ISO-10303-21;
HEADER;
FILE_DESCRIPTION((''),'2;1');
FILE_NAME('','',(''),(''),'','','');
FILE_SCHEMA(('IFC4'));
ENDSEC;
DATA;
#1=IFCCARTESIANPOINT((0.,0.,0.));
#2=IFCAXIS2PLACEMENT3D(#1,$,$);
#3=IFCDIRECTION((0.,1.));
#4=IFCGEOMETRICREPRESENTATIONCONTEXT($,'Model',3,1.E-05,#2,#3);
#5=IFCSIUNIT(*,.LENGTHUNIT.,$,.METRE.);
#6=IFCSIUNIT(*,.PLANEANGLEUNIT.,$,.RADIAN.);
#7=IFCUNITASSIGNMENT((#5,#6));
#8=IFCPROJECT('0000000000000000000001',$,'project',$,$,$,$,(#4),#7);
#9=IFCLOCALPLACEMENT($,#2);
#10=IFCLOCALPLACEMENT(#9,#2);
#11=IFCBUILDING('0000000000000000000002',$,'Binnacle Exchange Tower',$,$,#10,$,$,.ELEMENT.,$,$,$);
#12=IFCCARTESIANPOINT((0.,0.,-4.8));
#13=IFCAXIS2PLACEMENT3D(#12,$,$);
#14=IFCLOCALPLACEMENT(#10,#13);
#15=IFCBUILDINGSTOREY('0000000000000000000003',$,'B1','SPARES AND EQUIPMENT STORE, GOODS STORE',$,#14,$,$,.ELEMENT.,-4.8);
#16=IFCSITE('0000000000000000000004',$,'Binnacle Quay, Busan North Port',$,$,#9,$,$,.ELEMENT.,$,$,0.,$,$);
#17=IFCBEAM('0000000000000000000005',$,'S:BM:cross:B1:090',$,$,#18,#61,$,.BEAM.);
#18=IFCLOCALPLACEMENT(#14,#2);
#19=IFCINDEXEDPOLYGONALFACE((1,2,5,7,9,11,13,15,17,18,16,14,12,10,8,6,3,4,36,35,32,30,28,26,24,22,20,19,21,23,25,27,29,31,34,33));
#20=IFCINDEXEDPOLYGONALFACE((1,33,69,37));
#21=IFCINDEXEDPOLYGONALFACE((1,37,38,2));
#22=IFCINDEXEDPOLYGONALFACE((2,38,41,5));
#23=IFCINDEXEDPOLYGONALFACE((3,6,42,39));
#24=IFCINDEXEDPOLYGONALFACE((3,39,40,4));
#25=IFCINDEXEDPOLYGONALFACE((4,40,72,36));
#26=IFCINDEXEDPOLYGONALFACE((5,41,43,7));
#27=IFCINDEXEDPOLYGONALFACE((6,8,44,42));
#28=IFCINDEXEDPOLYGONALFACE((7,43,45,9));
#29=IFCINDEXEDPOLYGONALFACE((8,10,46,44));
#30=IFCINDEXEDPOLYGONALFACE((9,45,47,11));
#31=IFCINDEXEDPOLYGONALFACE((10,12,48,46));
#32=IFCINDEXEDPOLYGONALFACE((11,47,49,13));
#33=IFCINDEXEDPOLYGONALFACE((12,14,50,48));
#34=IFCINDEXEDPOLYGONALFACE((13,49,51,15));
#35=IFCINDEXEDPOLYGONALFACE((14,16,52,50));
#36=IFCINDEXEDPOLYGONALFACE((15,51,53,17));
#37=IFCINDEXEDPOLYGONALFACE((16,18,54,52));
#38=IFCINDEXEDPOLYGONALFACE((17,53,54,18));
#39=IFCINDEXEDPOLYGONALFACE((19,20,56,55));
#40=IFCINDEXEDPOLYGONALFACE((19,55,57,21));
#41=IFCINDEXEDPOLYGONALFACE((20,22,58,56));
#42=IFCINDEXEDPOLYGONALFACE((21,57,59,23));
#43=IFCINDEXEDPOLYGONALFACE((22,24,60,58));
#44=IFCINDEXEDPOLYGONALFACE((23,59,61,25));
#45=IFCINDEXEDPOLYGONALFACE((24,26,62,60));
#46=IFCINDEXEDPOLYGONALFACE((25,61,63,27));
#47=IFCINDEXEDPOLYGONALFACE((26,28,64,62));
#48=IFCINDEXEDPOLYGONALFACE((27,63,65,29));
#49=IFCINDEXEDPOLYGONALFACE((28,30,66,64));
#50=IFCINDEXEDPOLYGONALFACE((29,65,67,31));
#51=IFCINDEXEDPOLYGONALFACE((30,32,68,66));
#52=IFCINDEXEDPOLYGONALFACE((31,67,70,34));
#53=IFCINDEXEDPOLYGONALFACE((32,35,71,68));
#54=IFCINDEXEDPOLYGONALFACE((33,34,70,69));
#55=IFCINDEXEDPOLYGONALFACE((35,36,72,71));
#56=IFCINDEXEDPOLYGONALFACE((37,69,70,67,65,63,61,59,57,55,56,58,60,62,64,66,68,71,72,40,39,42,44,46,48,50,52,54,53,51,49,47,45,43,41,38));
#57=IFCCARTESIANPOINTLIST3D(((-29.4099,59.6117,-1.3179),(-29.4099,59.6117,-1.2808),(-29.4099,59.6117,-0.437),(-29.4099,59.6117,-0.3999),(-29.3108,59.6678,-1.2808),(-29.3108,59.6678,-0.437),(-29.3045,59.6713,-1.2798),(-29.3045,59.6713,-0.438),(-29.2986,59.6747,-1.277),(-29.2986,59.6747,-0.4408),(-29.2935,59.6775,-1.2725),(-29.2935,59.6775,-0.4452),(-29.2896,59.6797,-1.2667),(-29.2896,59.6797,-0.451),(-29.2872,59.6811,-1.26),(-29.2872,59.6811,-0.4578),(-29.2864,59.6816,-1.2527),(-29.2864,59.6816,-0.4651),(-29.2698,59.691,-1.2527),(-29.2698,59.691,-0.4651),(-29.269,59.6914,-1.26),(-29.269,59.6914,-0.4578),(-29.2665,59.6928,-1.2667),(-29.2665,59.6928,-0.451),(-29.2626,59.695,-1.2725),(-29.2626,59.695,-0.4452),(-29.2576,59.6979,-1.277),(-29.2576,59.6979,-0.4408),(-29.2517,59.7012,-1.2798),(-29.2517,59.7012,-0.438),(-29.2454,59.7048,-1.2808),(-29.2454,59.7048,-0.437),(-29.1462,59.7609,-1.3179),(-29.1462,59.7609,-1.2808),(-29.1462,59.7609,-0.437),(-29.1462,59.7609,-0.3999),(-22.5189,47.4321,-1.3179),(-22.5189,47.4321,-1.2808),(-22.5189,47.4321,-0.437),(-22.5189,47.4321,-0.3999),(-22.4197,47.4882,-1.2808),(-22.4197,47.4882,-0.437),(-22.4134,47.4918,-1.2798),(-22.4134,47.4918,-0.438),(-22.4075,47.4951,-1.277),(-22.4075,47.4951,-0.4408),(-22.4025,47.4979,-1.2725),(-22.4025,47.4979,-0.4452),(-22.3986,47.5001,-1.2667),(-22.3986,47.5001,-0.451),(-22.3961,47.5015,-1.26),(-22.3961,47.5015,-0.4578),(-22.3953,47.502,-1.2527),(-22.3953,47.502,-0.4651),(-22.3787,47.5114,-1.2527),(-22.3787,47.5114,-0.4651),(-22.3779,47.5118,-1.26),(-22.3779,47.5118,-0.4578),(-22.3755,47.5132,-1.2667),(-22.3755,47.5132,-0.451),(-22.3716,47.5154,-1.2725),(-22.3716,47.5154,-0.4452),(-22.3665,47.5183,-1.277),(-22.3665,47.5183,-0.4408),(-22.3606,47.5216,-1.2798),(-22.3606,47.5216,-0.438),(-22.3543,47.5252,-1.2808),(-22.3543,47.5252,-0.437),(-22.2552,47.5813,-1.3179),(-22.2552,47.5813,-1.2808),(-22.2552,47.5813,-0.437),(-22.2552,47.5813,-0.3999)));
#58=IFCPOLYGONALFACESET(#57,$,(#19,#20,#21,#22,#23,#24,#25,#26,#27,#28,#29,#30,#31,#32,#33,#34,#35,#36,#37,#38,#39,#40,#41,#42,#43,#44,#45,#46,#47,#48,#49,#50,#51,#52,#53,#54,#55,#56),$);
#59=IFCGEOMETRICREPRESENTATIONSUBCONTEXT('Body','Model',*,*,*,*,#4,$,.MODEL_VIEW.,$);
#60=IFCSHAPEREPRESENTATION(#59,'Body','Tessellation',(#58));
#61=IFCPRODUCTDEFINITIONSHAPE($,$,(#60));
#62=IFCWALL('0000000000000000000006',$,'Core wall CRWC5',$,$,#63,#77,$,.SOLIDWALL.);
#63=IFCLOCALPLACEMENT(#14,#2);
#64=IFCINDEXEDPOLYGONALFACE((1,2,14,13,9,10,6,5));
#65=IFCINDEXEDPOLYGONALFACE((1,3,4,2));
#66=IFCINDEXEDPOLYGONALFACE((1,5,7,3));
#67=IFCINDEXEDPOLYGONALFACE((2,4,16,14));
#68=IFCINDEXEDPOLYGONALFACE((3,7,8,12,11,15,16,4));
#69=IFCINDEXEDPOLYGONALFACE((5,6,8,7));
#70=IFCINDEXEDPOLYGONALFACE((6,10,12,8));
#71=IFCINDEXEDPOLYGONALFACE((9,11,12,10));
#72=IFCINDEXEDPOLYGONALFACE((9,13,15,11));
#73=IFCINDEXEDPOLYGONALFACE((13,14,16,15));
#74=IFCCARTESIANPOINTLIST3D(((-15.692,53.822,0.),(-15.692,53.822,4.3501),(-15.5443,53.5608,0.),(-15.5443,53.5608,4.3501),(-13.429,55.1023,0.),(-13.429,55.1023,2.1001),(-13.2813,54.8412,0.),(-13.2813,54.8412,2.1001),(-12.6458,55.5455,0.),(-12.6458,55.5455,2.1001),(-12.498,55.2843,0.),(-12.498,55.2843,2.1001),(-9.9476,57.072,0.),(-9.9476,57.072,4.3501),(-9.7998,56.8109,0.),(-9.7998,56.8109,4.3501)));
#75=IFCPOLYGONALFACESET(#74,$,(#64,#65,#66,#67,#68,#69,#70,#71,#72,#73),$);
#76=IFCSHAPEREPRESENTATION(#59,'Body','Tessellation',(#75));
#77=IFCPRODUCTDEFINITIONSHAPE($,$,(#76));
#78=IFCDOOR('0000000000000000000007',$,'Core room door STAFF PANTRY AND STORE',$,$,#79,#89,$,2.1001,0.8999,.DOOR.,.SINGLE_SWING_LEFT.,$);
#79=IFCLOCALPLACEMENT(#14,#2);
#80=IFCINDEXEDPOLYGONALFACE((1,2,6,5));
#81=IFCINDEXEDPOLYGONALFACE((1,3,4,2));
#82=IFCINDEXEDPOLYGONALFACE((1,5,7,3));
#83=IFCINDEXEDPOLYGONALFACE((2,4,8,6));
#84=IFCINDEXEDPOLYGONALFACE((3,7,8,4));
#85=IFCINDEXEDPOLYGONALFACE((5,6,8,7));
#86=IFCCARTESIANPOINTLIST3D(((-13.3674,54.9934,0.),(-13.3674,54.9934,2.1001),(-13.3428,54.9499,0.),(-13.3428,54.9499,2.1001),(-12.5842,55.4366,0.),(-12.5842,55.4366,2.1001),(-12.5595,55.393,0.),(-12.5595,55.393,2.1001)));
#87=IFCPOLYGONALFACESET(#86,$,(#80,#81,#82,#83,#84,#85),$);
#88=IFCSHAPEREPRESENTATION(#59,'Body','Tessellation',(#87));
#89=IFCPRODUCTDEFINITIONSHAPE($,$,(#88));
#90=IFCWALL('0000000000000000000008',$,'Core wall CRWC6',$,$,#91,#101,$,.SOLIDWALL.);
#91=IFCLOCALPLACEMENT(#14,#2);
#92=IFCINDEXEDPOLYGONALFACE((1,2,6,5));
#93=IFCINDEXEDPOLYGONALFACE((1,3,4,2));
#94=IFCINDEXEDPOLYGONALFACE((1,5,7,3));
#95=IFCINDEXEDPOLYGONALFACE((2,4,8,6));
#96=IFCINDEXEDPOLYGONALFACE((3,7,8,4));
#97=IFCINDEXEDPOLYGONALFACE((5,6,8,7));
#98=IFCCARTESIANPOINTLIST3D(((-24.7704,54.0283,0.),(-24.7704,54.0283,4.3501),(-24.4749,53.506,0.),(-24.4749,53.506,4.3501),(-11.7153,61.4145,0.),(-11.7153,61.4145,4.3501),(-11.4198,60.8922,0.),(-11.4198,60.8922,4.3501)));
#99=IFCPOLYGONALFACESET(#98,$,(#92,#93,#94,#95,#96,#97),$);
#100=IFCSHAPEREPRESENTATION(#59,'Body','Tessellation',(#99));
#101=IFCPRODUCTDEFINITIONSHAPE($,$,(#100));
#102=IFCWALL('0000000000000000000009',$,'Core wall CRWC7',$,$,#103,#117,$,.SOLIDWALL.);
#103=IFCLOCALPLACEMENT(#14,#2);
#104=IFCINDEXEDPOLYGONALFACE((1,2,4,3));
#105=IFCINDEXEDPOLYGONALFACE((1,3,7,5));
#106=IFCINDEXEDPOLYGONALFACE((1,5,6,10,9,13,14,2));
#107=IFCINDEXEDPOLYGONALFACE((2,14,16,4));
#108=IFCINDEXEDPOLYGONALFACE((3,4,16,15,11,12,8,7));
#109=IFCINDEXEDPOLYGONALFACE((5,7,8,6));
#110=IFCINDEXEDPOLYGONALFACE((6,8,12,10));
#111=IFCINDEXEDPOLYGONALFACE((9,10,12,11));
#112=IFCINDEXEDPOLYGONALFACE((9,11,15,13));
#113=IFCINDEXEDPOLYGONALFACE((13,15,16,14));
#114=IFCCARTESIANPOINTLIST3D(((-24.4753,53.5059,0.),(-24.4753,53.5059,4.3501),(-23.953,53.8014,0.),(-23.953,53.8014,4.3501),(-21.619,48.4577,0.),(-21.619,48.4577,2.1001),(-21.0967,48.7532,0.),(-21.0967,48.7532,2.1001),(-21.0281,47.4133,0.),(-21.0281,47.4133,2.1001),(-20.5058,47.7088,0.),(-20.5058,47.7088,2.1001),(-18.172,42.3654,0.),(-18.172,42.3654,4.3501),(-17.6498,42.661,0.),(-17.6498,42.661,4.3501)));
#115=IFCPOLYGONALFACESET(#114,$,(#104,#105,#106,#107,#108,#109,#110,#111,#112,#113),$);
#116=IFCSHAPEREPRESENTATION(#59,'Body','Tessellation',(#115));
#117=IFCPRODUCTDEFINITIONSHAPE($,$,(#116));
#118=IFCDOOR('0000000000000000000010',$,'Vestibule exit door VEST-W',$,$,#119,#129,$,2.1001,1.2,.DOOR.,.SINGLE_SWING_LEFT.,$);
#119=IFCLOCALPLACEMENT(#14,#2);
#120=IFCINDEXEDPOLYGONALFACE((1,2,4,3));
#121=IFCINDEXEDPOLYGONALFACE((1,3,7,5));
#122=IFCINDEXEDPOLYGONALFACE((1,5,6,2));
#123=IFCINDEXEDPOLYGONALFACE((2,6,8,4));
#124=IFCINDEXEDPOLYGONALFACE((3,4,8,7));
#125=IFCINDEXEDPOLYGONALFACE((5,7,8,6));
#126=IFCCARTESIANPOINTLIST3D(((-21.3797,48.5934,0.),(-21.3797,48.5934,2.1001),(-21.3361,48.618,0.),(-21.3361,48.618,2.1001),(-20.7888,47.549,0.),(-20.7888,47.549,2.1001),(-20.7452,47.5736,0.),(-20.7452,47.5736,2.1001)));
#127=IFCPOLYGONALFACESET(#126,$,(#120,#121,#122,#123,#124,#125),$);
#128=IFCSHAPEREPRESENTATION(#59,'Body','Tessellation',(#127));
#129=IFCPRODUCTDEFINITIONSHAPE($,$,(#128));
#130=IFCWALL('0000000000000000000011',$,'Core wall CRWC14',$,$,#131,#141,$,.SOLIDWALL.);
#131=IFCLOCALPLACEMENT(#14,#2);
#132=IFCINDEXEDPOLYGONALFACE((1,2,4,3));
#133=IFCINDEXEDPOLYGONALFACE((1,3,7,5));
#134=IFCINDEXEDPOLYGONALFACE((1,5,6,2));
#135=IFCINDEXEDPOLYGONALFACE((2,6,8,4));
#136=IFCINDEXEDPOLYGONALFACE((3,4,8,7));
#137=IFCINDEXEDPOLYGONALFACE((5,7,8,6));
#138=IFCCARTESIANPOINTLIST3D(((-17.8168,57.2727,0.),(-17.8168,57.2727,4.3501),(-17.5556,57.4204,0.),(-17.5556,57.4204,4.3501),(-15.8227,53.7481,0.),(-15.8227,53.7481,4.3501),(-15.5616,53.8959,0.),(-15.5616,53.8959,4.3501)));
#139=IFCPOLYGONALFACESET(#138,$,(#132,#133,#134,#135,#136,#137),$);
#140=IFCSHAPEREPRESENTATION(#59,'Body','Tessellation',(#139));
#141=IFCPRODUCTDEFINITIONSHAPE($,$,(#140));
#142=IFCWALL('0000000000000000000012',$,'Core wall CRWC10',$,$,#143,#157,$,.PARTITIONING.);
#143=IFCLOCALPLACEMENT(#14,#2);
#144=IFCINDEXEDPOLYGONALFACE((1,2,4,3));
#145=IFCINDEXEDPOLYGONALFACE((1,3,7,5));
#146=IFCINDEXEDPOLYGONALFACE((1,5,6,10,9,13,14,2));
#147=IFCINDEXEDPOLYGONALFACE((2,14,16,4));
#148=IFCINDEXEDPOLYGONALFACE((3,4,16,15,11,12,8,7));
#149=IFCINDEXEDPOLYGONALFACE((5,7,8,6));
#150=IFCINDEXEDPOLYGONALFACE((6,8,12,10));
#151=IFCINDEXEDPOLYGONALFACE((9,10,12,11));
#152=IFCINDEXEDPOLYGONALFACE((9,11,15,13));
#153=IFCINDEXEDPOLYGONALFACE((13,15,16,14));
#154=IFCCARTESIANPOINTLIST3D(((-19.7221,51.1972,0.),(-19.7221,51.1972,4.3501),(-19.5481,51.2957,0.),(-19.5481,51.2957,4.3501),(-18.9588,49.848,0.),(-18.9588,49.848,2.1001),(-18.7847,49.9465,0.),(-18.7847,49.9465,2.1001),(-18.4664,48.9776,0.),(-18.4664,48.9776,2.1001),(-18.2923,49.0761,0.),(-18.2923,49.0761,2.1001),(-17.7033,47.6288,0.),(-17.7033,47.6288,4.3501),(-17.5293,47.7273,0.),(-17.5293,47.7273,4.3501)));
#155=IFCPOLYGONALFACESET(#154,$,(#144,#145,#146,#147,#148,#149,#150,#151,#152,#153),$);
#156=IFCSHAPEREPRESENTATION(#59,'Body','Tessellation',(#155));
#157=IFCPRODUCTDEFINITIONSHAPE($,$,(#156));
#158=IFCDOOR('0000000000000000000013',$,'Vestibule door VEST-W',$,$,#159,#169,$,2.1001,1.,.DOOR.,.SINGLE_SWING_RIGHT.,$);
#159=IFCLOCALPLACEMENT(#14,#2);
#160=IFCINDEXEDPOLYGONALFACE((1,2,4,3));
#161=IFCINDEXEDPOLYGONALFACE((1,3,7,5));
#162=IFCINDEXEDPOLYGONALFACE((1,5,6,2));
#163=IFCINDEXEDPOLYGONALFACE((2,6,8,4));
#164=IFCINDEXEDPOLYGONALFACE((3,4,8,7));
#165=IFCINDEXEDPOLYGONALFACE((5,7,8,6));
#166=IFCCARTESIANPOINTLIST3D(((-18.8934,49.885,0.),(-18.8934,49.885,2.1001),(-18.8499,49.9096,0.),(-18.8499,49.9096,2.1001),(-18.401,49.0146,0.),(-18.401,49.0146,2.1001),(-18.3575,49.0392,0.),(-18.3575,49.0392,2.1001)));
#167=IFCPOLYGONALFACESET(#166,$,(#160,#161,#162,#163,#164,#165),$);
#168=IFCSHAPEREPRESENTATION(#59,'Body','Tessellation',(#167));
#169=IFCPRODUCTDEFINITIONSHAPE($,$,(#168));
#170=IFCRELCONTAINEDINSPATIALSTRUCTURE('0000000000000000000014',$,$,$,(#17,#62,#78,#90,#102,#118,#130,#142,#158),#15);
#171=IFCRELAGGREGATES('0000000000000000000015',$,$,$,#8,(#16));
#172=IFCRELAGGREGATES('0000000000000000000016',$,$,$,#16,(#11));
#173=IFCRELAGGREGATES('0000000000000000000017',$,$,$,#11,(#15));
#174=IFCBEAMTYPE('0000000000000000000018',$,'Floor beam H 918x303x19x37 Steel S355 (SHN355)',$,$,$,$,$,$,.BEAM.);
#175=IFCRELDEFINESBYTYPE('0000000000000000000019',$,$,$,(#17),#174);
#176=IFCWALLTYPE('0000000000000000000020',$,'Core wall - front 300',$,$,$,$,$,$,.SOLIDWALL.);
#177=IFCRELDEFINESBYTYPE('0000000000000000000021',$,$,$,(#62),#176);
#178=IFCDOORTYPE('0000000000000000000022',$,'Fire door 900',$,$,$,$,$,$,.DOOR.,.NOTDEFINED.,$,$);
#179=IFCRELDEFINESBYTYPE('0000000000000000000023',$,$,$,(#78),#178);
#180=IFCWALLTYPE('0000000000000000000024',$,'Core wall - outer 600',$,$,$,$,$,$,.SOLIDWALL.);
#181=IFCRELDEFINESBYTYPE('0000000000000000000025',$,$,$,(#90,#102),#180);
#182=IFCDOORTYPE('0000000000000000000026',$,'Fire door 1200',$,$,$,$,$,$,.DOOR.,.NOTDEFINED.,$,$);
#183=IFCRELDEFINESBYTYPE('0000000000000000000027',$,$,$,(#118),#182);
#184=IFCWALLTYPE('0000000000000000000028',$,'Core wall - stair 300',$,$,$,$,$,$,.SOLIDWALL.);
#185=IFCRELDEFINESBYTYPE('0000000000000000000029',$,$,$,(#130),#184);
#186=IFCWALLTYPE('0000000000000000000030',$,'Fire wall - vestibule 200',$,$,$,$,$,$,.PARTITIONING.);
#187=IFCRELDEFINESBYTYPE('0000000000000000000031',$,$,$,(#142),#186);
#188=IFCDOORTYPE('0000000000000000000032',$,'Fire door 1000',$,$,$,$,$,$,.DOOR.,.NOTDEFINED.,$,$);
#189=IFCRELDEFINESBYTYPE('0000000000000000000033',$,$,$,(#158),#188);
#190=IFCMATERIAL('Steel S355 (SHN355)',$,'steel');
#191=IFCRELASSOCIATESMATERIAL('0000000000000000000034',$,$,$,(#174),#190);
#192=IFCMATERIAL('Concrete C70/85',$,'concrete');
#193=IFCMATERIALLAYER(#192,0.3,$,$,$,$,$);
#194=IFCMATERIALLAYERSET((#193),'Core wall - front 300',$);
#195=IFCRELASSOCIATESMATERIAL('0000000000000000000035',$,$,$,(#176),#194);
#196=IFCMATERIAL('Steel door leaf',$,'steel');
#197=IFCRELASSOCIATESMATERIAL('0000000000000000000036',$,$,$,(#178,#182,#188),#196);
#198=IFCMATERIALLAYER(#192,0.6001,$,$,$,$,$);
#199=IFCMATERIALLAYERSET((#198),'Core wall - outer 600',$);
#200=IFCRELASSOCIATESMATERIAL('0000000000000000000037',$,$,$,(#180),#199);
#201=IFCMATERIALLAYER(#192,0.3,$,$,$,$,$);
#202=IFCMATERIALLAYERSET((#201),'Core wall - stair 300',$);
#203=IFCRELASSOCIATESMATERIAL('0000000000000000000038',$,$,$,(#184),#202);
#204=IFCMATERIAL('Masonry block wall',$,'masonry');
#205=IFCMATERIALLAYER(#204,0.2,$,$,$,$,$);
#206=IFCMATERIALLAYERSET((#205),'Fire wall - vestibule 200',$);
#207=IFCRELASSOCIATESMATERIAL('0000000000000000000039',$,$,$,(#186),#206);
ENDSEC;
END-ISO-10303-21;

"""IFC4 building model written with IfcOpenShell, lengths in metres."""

from ifc_helpers import new_model, si_unit, direction, frame, frame_2d, origin, origin_2d, place, context, subcontext, project, spatial, rectangle, i_section, extrude, material, layer, layer_set, material_profile, profile_set, type_object, element, fill, save


model = new_model("IFC4")

# Units and contexts
model_context = context("Model", 3, precision=1e-05, world=origin(), true_north=direction((0.0, 1.0)))
body_context = subcontext(model_context, "Body", "Model", "MODEL_VIEW")
ifc_project = project(units=[si_unit("LENGTHUNIT", "METRE"), si_unit("PLANEANGLEUNIT", "RADIAN")], contexts=[model_context])

# Site, building, storey
site_placement = place(None, origin())
site = spatial("IfcSite", under=ifc_project, at=site_placement, Name="Binnacle Quay, Busan North Port", CompositionType="ELEMENT", RefElevation=0.0)
building_placement = place(site_placement, origin())
building = spatial("IfcBuilding", under=site, at=building_placement, Name="Binnacle Exchange Tower", CompositionType="ELEMENT")
storey_placement = place(building_placement, frame((0.0, 0.0, -4.8)))
storey = spatial("IfcBuildingStorey", under=building, at=storey_placement, Name="B1", Description="SPARES AND EQUIPMENT STORE, GOODS STORE", CompositionType="ELEMENT", Elevation=-4.8)

# Shared definitions
ifc_material_1 = material(Name="Concrete C70/85", Category="concrete")

# Beam
ifc_material_2 = material(Name="Steel S355 (SHN355)", Category="steel")
ifc_material_profile_1 = material_profile(ifc_material_2, i_section(OverallWidth=0.303, OverallDepth=0.918, WebThickness=0.019, FlangeThickness=0.0371, FilletRadius=0.0281, at=origin_2d()), Name="H 918x303x19x37")
ifc_profile_set_1 = profile_set([ifc_material_profile_1], Name="Steel S355 (SHN355)")
beam_type_1 = type_object("IfcBeamType", Name="Floor beam H 918x303x19x37 Steel S355 (SHN355)", PredefinedType="BEAM", material=ifc_profile_set_1)
beam_1_placement = place(storey_placement, frame((-29.2781, 59.6863, -0.8589), z_axis=(0.492433, -0.87035, 0.0), x_axis=(0.87035, 0.492433, 0.0)))
element("IfcBeam", 1, at=beam_1_placement, inside=storey, type_object=beam_type_1, Name="S:BM:cross:B1:090", PredefinedType="BEAM", context=body_context, shape_type="SweptSolid", body=[
    extrude(i_section(OverallWidth=0.303, OverallDepth=0.918, WebThickness=0.019, FlangeThickness=0.0371, FilletRadius=0.0281, at=origin_2d()), origin(), (0.0, 0.0, 1.0), 13.9939),
])

# Wall, opening, door
ifc_layer_1 = layer(ifc_material_1, 0.3)
ifc_layer_set_1 = layer_set([ifc_layer_1], Name="Core wall - front 300")
wall_type_1 = type_object("IfcWallType", Name="Core wall - front 300", PredefinedType="SOLIDWALL", material=ifc_layer_set_1)
wall_1_placement = place(storey_placement, frame((-15.6182, 53.6914, 0.0), z_axis=(0.0, 0.0, 1.0), x_axis=(0.870357, 0.492422, 0.0)))
wall_1 = element("IfcWall", 2, at=wall_1_placement, inside=storey, type_object=wall_type_1, Name="Core wall CRWC5", PredefinedType="SOLIDWALL", context=body_context, shape_type="SweptSolid", body=[
    extrude(rectangle(XDim=6.6001, YDim=0.3, at=frame_2d((3.3, 0.0))), origin(), (0.0, 0.0, 1.0), 4.3501),
])
opening_1_placement = place(wall_1_placement, frame((2.6001, 0.0, 0.0)))
opening_1 = element("IfcOpeningElement", 3, at=opening_1_placement, cuts=wall_1, PredefinedType="OPENING", context=body_context, shape_type="SweptSolid", body=[
    extrude(rectangle(XDim=0.8999, YDim=2.1001, at=frame_2d((0.45, 1.05))), frame((0.0, 0.1599, 0.0), z_axis=(0.0, -1.0, 0.0), x_axis=(1.0, 0.0, 0.0)), (0.0, 0.0, 1.0), 0.3201),
])
ifc_material_3 = material(Name="Steel door leaf", Category="steel")
door_type_1 = type_object("IfcDoorType", Name="Fire door 900", OperationType="NOTDEFINED", PredefinedType="DOOR", material=ifc_material_3)
door_1_placement = place(opening_1_placement, origin())
door_1 = element("IfcDoor", 4, at=door_1_placement, inside=storey, type_object=door_type_1, Name="Core room door STAFF PANTRY AND STORE", OperationType="SINGLE_SWING_LEFT", OverallHeight=2.1001, OverallWidth=0.8999, PredefinedType="DOOR", context=body_context, shape_type="SweptSolid", body=[
    extrude(rectangle(XDim=0.8999, YDim=2.1001, at=frame_2d((0.45, 1.05))), frame((0.0, 0.0249, 0.0), z_axis=(0.0, -1.0, 0.0), x_axis=(1.0, 0.0, 0.0)), (0.0, 0.0, 1.0), 0.05),
])
fill(opening_1, door_1)

# Wall
ifc_layer_2 = layer(ifc_material_1, 0.6001)
ifc_layer_set_2 = layer_set([ifc_layer_2], Name="Core wall - outer 600")
wall_type_2 = type_object("IfcWallType", Name="Core wall - outer 600", PredefinedType="SOLIDWALL", material=ifc_layer_set_2)
wall_2_placement = place(storey_placement, frame((-24.6228, 53.7671, 0.0), z_axis=(0.0, 0.0, 1.0), x_axis=(0.870357, 0.492422, 0.0)))
element("IfcWall", 5, at=wall_2_placement, inside=storey, type_object=wall_type_2, Name="Core wall CRWC6", PredefinedType="SOLIDWALL", context=body_context, shape_type="SweptSolid", body=[
    extrude(rectangle(XDim=14.9998, YDim=0.6001, at=frame_2d((7.5, 0.0))), origin(), (0.0, 0.0, 1.0), 4.3501),
])

# Wall, opening, door
wall_3_placement = place(storey_placement, frame((-24.2141, 53.6536, 0.0), z_axis=(0.0, 0.0, 1.0), x_axis=(0.492441, -0.870346, 0.0)))
wall_3 = element("IfcWall", 6, at=wall_3_placement, inside=storey, type_object=wall_type_2, Name="Core wall CRWC7", PredefinedType="SOLIDWALL", context=body_context, shape_type="SweptSolid", body=[
    extrude(rectangle(XDim=12.8, YDim=0.6001, at=frame_2d((6.3999, 0.0))), origin(), (0.0, 0.0, 1.0), 4.3501),
])
opening_2_placement = place(wall_3_placement, frame((5.8, 0.0, 0.0)))
opening_2 = element("IfcOpeningElement", 7, at=opening_2_placement, cuts=wall_3, PredefinedType="OPENING", context=body_context, shape_type="SweptSolid", body=[
    extrude(rectangle(XDim=1.2, YDim=2.1001, at=frame_2d((0.6001, 1.05))), frame((0.0, 0.3101, 0.0), z_axis=(0.0, -1.0, 0.0), x_axis=(1.0, 0.0, 0.0)), (0.0, 0.0, 1.0), 0.6201),
])
door_type_2 = type_object("IfcDoorType", Name="Fire door 1200", OperationType="NOTDEFINED", PredefinedType="DOOR", material=ifc_material_3)
door_2_placement = place(opening_2_placement, frame((1.2, 0.0, 0.0), z_axis=(0.0, 0.0, 1.0), x_axis=(-1.0, 0.0, 0.0)))
door_2 = element("IfcDoor", 8, at=door_2_placement, inside=storey, type_object=door_type_2, Name="Vestibule exit door VEST-W", OperationType="SINGLE_SWING_LEFT", OverallHeight=2.1001, OverallWidth=1.2, PredefinedType="DOOR", context=body_context, shape_type="SweptSolid", body=[
    extrude(rectangle(XDim=1.2, YDim=2.1001, at=frame_2d((0.6001, 1.05))), frame((0.0, 0.0249, 0.0), z_axis=(0.0, -1.0, 0.0), x_axis=(1.0, 0.0, 0.0)), (0.0, 0.0, 1.0), 0.05),
])
fill(opening_2, door_2)

# Wall
ifc_layer_3 = layer(ifc_material_1, 0.3)
ifc_layer_set_3 = layer_set([ifc_layer_3], Name="Core wall - stair 300")
wall_type_3 = type_object("IfcWallType", Name="Core wall - stair 300", PredefinedType="SOLIDWALL", material=ifc_layer_set_3)
wall_4_placement = place(storey_placement, frame((-17.6863, 57.3467, 0.0), z_axis=(0.0, 0.0, 1.0), x_axis=(0.492421, -0.870357, 0.0)))
element("IfcWall", 9, at=wall_4_placement, inside=storey, type_object=wall_type_3, Name="Core wall CRWC14", PredefinedType="SOLIDWALL", context=body_context, shape_type="SweptSolid", body=[
    extrude(rectangle(XDim=4.0496, YDim=0.3, at=frame_2d((2.0249, 0.0))), origin(), (0.0, 0.0, 1.0), 4.3501),
])

# Wall, opening, door
ifc_material_4 = material(Name="Masonry block wall", Category="masonry")
ifc_layer_4 = layer(ifc_material_4, 0.2)
ifc_layer_set_4 = layer_set([ifc_layer_4], Name="Fire wall - vestibule 200")
wall_type_4 = type_object("IfcWallType", Name="Fire wall - vestibule 200", PredefinedType="PARTITIONING", material=ifc_layer_set_4)
wall_5_placement = place(storey_placement, frame((-19.635, 51.2463, 0.0), z_axis=(0.0, 0.0, 1.0), x_axis=(0.492408, -0.870364, 0.0)))
wall_5 = element("IfcWall", 10, at=wall_5_placement, inside=storey, type_object=wall_type_4, Name="Core wall CRWC10", PredefinedType="PARTITIONING", context=body_context, shape_type="SweptSolid", body=[
    extrude(rectangle(XDim=4.0999, YDim=0.2, at=frame_2d((2.0498, 0.0))), origin(), (0.0, 0.0, 1.0), 4.3501),
])
opening_3_placement = place(wall_5_placement, frame((1.55, 0.0, 0.0)))
opening_3 = element("IfcOpeningElement", 11, at=opening_3_placement, cuts=wall_5, PredefinedType="OPENING", context=body_context, shape_type="SweptSolid", body=[
    extrude(rectangle(XDim=1.0, YDim=2.1001, at=frame_2d((0.5, 1.05))), frame((0.0, 0.1099, 0.0), z_axis=(0.0, -1.0, 0.0), x_axis=(1.0, 0.0, 0.0)), (0.0, 0.0, 1.0), 0.22),
])
door_type_3 = type_object("IfcDoorType", Name="Fire door 1000", OperationType="NOTDEFINED", PredefinedType="DOOR", material=ifc_material_3)
door_3_placement = place(opening_3_placement, frame((1.0, 0.0, 0.0), z_axis=(0.0, 0.0, 1.0), x_axis=(-1.0, 0.0, 0.0)))
door_3 = element("IfcDoor", 12, at=door_3_placement, inside=storey, type_object=door_type_3, Name="Vestibule door VEST-W", OperationType="SINGLE_SWING_RIGHT", OverallHeight=2.1001, OverallWidth=1.0, PredefinedType="DOOR", context=body_context, shape_type="SweptSolid", body=[
    extrude(rectangle(XDim=1.0, YDim=2.1001, at=frame_2d((0.5, 1.05))), frame((0.0, 0.0249, 0.0), z_axis=(0.0, -1.0, 0.0), x_axis=(1.0, 0.0, 0.0)), (0.0, 0.0, 1.0), 0.05),
])
fill(opening_3, door_3)

save(model, "model.ifc")
